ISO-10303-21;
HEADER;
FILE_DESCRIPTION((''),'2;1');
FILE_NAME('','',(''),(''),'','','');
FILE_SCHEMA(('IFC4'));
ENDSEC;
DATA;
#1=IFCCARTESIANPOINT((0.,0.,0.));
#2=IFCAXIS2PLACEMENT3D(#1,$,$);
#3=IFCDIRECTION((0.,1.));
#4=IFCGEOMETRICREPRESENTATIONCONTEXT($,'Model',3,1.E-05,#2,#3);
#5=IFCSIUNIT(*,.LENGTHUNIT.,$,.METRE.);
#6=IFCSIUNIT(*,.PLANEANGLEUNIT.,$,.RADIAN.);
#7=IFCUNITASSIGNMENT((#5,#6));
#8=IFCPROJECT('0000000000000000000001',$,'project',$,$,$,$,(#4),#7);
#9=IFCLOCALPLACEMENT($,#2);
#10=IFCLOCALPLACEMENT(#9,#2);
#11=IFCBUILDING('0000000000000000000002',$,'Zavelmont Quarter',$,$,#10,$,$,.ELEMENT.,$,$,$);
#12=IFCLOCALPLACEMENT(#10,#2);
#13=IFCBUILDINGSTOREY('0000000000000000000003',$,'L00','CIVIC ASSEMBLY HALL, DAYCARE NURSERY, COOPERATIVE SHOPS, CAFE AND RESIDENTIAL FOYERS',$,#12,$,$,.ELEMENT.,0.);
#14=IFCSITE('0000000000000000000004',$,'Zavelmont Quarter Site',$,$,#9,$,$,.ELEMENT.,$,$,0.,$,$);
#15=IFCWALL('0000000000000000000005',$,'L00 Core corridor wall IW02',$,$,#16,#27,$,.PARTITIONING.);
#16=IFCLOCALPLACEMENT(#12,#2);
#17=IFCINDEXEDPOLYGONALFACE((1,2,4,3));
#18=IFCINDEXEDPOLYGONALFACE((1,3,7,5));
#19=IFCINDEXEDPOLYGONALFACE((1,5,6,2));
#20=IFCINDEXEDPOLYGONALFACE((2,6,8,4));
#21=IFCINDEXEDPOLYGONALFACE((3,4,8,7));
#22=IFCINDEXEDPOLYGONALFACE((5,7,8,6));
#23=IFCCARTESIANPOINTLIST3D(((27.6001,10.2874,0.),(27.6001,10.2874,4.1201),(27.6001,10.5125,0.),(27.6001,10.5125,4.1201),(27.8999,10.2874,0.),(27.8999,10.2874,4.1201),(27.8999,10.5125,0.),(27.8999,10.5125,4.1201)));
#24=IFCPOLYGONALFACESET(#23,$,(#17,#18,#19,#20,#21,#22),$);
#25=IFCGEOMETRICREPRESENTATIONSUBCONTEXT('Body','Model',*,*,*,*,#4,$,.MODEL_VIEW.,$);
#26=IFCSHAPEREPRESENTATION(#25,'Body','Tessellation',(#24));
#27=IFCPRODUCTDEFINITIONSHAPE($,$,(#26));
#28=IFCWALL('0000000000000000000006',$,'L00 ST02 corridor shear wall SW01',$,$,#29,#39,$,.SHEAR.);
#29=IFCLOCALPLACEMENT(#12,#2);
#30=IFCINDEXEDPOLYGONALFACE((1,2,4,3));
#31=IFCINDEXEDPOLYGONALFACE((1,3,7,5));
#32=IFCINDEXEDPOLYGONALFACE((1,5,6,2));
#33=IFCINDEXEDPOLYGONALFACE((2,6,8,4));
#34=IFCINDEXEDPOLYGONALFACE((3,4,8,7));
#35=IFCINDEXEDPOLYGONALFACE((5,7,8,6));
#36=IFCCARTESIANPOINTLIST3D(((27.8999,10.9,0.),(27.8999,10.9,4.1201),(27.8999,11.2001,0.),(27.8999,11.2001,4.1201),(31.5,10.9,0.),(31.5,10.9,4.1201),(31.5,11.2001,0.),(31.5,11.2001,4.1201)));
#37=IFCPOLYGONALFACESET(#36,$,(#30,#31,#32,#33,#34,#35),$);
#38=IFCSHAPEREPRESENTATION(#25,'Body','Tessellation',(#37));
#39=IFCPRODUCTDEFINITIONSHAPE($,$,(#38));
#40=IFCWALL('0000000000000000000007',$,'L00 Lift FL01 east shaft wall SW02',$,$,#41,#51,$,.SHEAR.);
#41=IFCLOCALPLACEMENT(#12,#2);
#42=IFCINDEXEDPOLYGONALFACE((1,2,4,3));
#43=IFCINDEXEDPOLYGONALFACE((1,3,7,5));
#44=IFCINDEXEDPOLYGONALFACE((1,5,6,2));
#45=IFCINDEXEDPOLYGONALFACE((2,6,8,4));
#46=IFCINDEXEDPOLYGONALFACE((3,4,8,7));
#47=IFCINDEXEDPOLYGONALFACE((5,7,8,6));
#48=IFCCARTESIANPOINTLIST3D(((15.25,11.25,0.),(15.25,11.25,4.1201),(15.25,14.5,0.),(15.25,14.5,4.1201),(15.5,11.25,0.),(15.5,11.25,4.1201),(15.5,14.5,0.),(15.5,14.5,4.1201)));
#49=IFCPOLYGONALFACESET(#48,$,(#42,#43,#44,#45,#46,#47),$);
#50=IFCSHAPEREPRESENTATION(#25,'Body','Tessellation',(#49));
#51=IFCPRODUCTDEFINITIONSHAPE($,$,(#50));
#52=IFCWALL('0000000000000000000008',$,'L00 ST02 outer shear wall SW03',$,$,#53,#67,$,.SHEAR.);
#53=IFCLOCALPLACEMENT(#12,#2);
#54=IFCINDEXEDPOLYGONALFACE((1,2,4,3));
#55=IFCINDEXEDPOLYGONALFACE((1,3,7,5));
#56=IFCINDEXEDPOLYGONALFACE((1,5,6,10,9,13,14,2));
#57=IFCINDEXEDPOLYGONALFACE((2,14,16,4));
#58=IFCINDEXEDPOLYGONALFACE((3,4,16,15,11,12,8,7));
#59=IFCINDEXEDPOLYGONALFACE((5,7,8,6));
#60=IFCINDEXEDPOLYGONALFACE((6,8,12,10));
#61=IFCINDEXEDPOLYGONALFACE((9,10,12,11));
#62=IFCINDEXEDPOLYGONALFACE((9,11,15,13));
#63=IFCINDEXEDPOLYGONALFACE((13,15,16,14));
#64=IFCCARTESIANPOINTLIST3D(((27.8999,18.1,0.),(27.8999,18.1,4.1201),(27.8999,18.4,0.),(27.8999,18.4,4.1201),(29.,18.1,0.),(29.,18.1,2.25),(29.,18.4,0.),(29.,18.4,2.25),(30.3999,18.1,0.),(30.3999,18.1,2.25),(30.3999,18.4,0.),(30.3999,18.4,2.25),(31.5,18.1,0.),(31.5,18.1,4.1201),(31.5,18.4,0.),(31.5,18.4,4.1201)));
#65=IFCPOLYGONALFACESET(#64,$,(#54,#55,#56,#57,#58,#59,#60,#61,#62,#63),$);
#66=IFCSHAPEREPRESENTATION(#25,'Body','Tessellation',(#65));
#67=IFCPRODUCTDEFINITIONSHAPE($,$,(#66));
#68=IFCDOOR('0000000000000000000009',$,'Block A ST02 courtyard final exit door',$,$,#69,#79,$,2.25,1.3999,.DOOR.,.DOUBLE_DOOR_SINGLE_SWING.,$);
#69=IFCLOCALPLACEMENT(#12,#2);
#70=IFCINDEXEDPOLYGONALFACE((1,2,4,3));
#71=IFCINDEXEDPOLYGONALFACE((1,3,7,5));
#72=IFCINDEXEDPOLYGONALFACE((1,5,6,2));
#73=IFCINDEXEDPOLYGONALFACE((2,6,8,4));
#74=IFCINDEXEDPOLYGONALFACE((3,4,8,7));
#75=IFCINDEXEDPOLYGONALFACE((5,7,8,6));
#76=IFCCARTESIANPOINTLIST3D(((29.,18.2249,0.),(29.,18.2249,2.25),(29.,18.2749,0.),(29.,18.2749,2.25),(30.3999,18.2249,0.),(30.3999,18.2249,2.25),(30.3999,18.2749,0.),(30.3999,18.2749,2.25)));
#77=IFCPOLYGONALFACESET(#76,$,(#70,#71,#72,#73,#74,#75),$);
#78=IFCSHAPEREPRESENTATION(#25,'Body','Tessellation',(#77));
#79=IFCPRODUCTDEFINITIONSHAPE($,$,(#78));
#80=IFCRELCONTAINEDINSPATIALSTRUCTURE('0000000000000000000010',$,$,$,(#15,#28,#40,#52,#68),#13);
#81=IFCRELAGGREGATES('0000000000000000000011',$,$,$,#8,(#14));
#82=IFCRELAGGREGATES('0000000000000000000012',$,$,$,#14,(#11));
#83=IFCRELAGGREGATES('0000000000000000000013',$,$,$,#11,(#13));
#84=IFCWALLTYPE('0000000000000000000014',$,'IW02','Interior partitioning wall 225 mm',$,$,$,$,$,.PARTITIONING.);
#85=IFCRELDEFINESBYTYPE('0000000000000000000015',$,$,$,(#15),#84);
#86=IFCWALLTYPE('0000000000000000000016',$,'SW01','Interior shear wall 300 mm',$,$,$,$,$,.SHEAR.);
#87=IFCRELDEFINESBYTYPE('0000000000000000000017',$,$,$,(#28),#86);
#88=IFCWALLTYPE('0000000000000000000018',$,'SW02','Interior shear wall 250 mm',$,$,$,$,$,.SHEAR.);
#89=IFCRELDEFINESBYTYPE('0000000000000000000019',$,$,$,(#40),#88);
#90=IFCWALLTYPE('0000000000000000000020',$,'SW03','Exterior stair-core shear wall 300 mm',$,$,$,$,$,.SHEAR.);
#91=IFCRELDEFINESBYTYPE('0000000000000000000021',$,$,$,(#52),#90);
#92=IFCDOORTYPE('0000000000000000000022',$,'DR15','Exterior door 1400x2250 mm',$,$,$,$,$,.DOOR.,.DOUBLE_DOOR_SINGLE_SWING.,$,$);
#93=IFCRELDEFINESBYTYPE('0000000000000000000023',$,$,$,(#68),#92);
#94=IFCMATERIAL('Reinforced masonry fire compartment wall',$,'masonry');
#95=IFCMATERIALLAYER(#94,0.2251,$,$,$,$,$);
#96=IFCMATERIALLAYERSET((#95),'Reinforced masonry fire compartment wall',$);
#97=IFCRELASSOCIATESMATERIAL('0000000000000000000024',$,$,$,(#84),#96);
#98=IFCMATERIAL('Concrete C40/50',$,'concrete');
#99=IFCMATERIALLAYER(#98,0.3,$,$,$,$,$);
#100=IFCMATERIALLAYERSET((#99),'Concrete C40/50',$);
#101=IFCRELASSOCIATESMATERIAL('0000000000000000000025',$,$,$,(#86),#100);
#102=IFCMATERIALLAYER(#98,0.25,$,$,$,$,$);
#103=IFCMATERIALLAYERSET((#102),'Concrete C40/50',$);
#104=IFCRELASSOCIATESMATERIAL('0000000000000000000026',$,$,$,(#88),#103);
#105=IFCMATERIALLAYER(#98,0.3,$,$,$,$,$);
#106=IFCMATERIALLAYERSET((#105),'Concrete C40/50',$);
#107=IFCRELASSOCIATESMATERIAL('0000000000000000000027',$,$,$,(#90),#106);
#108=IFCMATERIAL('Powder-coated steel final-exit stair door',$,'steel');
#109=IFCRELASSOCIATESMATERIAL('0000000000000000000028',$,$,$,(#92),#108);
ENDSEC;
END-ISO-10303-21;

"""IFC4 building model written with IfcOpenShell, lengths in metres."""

from ifc_helpers import new_model, si_unit, direction, frame, frame_2d, origin, origin_with_axes, place, context, subcontext, project, spatial, rectangle, extrude, material, layer, layer_set, type_object, element, fill, save


model = new_model("IFC4")

# Units and contexts
model_context = context("Model", 3, precision=1e-05, world=origin(), true_north=direction((0.0, 1.0)))
body_context = subcontext(model_context, "Body", "Model", "MODEL_VIEW")
ifc_project = project(units=[si_unit("LENGTHUNIT", "METRE"), si_unit("PLANEANGLEUNIT", "RADIAN")], contexts=[model_context])

# Site, building, storey
site_placement = place(None, origin())
site = spatial("IfcSite", under=ifc_project, at=site_placement, Name="Zavelmont Quarter Site", CompositionType="ELEMENT", RefElevation=0.0)
building_placement = place(site_placement, origin())
building = spatial("IfcBuilding", under=site, at=building_placement, Name="Zavelmont Quarter", CompositionType="ELEMENT")
storey_placement = place(building_placement, origin())
storey = spatial("IfcBuildingStorey", under=building, at=storey_placement, Name="L00", Description="CIVIC ASSEMBLY HALL, DAYCARE NURSERY, COOPERATIVE SHOPS, CAFE AND RESIDENTIAL FOYERS", CompositionType="ELEMENT", Elevation=0.0)

# Shared definitions
ifc_material_1 = material(Name="Concrete C40/50", Category="concrete")

# Walls
ifc_material_2 = material(Name="Reinforced masonry fire compartment wall", Category="masonry")
ifc_layer_1 = layer(ifc_material_2, 0.2251)
ifc_layer_set_1 = layer_set([ifc_layer_1], Name="Reinforced masonry fire compartment wall")
wall_type_1 = type_object("IfcWallType", Name="IW02", Description="Interior partitioning wall 225 mm", PredefinedType="PARTITIONING", material=ifc_layer_set_1)
wall_1_placement = place(storey_placement, frame((27.6001, 10.3999, 0.0), z_axis=(0.0, 0.0, 1.0), x_axis=(1.0, 0.0, 0.0)))
element("IfcWall", 1, at=wall_1_placement, inside=storey, type_object=wall_type_1, Name="L00 Core corridor wall IW02", PredefinedType="PARTITIONING", context=body_context, shape_type="SweptSolid", body=[
    extrude(rectangle(XDim=0.2998, YDim=0.2251, at=frame_2d((0.1499, 0.0))), origin(), (0.0, 0.0, 1.0), 4.1201),
])
ifc_layer_2 = layer(ifc_material_1, 0.3)
ifc_layer_set_2 = layer_set([ifc_layer_2], Name="Concrete C40/50")
wall_type_2 = type_object("IfcWallType", Name="SW01", Description="Interior shear wall 300 mm", PredefinedType="SHEAR", material=ifc_layer_set_2)
wall_2_placement = place(storey_placement, frame((27.8999, 11.05, 0.0), z_axis=(0.0, 0.0, 1.0), x_axis=(1.0, 0.0, 0.0)))
element("IfcWall", 2, at=wall_2_placement, inside=storey, type_object=wall_type_2, Name="L00 ST02 corridor shear wall SW01", PredefinedType="SHEAR", context=body_context, shape_type="SweptSolid", body=[
    extrude(rectangle(XDim=3.6001, YDim=0.3, at=frame_2d((1.8, 0.0))), origin(), (0.0, 0.0, 1.0), 4.1201),
])
ifc_layer_3 = layer(ifc_material_1, 0.25)
ifc_layer_set_3 = layer_set([ifc_layer_3], Name="Concrete C40/50")
wall_type_3 = type_object("IfcWallType", Name="SW02", Description="Interior shear wall 250 mm", PredefinedType="SHEAR", material=ifc_layer_set_3)
wall_3_placement = place(storey_placement, frame((15.375, 11.25, 0.0), z_axis=(0.0, 0.0, 1.0), x_axis=(0.0, 1.0, 0.0)))
element("IfcWall", 3, at=wall_3_placement, inside=storey, type_object=wall_type_3, Name="L00 Lift FL01 east shaft wall SW02", PredefinedType="SHEAR", context=body_context, shape_type="SweptSolid", body=[
    extrude(rectangle(XDim=3.25, YDim=0.25, at=frame_2d((1.625, 0.0))), origin(), (0.0, 0.0, 1.0), 4.1201),
])

# Wall, opening, door
ifc_layer_4 = layer(ifc_material_1, 0.3)
ifc_layer_set_4 = layer_set([ifc_layer_4], Name="Concrete C40/50")
wall_type_4 = type_object("IfcWallType", Name="SW03", Description="Exterior stair-core shear wall 300 mm", PredefinedType="SHEAR", material=ifc_layer_set_4)
wall_4_placement = place(storey_placement, frame((27.8999, 18.25, 0.0), z_axis=(0.0, 0.0, 1.0), x_axis=(1.0, 0.0, 0.0)))
wall_4 = element("IfcWall", 4, at=wall_4_placement, inside=storey, type_object=wall_type_4, Name="L00 ST02 outer shear wall SW03", PredefinedType="SHEAR", context=body_context, shape_type="SweptSolid", body=[
    extrude(rectangle(XDim=3.6001, YDim=0.3, at=frame_2d((1.8, 0.0))), origin(), (0.0, 0.0, 1.0), 4.1201),
])
opening_placement = place(wall_4_placement, frame((1.1001, 0.0, 0.0)))
opening = element("IfcOpeningElement", 5, at=opening_placement, cuts=wall_4, PredefinedType="OPENING", context=body_context, shape_type="SweptSolid", body=[
    extrude(rectangle(XDim=1.3999, YDim=2.25, at=frame_2d((0.7, 1.125))), frame((0.0, 0.1621, 0.0), z_axis=(0.0, -1.0, 0.0), x_axis=(1.0, 0.0, 0.0)), (0.0, 0.0, 1.0), 0.324),
])
ifc_material_3 = material(Name="Powder-coated steel final-exit stair door", Category="steel")
door_type = type_object("IfcDoorType", Name="DR15", Description="Exterior door 1400x2250 mm", OperationType="DOUBLE_DOOR_SINGLE_SWING", PredefinedType="DOOR", material=ifc_material_3)
door_placement = place(opening_placement, origin_with_axes())
door = element("IfcDoor", 6, at=door_placement, inside=storey, type_object=door_type, Name="Block A ST02 courtyard final exit door", OperationType="DOUBLE_DOOR_SINGLE_SWING", OverallHeight=2.25, OverallWidth=1.3999, PredefinedType="DOOR", context=body_context, shape_type="SweptSolid", body=[
    extrude(rectangle(XDim=1.3999, YDim=2.25, at=frame_2d((0.7, 1.125))), frame((0.0, 0.0249, 0.0), z_axis=(0.0, -1.0, 0.0), x_axis=(1.0, 0.0, 0.0)), (0.0, 0.0, 1.0), 0.05),
])
fill(opening, door)

save(model, "model.ifc")
